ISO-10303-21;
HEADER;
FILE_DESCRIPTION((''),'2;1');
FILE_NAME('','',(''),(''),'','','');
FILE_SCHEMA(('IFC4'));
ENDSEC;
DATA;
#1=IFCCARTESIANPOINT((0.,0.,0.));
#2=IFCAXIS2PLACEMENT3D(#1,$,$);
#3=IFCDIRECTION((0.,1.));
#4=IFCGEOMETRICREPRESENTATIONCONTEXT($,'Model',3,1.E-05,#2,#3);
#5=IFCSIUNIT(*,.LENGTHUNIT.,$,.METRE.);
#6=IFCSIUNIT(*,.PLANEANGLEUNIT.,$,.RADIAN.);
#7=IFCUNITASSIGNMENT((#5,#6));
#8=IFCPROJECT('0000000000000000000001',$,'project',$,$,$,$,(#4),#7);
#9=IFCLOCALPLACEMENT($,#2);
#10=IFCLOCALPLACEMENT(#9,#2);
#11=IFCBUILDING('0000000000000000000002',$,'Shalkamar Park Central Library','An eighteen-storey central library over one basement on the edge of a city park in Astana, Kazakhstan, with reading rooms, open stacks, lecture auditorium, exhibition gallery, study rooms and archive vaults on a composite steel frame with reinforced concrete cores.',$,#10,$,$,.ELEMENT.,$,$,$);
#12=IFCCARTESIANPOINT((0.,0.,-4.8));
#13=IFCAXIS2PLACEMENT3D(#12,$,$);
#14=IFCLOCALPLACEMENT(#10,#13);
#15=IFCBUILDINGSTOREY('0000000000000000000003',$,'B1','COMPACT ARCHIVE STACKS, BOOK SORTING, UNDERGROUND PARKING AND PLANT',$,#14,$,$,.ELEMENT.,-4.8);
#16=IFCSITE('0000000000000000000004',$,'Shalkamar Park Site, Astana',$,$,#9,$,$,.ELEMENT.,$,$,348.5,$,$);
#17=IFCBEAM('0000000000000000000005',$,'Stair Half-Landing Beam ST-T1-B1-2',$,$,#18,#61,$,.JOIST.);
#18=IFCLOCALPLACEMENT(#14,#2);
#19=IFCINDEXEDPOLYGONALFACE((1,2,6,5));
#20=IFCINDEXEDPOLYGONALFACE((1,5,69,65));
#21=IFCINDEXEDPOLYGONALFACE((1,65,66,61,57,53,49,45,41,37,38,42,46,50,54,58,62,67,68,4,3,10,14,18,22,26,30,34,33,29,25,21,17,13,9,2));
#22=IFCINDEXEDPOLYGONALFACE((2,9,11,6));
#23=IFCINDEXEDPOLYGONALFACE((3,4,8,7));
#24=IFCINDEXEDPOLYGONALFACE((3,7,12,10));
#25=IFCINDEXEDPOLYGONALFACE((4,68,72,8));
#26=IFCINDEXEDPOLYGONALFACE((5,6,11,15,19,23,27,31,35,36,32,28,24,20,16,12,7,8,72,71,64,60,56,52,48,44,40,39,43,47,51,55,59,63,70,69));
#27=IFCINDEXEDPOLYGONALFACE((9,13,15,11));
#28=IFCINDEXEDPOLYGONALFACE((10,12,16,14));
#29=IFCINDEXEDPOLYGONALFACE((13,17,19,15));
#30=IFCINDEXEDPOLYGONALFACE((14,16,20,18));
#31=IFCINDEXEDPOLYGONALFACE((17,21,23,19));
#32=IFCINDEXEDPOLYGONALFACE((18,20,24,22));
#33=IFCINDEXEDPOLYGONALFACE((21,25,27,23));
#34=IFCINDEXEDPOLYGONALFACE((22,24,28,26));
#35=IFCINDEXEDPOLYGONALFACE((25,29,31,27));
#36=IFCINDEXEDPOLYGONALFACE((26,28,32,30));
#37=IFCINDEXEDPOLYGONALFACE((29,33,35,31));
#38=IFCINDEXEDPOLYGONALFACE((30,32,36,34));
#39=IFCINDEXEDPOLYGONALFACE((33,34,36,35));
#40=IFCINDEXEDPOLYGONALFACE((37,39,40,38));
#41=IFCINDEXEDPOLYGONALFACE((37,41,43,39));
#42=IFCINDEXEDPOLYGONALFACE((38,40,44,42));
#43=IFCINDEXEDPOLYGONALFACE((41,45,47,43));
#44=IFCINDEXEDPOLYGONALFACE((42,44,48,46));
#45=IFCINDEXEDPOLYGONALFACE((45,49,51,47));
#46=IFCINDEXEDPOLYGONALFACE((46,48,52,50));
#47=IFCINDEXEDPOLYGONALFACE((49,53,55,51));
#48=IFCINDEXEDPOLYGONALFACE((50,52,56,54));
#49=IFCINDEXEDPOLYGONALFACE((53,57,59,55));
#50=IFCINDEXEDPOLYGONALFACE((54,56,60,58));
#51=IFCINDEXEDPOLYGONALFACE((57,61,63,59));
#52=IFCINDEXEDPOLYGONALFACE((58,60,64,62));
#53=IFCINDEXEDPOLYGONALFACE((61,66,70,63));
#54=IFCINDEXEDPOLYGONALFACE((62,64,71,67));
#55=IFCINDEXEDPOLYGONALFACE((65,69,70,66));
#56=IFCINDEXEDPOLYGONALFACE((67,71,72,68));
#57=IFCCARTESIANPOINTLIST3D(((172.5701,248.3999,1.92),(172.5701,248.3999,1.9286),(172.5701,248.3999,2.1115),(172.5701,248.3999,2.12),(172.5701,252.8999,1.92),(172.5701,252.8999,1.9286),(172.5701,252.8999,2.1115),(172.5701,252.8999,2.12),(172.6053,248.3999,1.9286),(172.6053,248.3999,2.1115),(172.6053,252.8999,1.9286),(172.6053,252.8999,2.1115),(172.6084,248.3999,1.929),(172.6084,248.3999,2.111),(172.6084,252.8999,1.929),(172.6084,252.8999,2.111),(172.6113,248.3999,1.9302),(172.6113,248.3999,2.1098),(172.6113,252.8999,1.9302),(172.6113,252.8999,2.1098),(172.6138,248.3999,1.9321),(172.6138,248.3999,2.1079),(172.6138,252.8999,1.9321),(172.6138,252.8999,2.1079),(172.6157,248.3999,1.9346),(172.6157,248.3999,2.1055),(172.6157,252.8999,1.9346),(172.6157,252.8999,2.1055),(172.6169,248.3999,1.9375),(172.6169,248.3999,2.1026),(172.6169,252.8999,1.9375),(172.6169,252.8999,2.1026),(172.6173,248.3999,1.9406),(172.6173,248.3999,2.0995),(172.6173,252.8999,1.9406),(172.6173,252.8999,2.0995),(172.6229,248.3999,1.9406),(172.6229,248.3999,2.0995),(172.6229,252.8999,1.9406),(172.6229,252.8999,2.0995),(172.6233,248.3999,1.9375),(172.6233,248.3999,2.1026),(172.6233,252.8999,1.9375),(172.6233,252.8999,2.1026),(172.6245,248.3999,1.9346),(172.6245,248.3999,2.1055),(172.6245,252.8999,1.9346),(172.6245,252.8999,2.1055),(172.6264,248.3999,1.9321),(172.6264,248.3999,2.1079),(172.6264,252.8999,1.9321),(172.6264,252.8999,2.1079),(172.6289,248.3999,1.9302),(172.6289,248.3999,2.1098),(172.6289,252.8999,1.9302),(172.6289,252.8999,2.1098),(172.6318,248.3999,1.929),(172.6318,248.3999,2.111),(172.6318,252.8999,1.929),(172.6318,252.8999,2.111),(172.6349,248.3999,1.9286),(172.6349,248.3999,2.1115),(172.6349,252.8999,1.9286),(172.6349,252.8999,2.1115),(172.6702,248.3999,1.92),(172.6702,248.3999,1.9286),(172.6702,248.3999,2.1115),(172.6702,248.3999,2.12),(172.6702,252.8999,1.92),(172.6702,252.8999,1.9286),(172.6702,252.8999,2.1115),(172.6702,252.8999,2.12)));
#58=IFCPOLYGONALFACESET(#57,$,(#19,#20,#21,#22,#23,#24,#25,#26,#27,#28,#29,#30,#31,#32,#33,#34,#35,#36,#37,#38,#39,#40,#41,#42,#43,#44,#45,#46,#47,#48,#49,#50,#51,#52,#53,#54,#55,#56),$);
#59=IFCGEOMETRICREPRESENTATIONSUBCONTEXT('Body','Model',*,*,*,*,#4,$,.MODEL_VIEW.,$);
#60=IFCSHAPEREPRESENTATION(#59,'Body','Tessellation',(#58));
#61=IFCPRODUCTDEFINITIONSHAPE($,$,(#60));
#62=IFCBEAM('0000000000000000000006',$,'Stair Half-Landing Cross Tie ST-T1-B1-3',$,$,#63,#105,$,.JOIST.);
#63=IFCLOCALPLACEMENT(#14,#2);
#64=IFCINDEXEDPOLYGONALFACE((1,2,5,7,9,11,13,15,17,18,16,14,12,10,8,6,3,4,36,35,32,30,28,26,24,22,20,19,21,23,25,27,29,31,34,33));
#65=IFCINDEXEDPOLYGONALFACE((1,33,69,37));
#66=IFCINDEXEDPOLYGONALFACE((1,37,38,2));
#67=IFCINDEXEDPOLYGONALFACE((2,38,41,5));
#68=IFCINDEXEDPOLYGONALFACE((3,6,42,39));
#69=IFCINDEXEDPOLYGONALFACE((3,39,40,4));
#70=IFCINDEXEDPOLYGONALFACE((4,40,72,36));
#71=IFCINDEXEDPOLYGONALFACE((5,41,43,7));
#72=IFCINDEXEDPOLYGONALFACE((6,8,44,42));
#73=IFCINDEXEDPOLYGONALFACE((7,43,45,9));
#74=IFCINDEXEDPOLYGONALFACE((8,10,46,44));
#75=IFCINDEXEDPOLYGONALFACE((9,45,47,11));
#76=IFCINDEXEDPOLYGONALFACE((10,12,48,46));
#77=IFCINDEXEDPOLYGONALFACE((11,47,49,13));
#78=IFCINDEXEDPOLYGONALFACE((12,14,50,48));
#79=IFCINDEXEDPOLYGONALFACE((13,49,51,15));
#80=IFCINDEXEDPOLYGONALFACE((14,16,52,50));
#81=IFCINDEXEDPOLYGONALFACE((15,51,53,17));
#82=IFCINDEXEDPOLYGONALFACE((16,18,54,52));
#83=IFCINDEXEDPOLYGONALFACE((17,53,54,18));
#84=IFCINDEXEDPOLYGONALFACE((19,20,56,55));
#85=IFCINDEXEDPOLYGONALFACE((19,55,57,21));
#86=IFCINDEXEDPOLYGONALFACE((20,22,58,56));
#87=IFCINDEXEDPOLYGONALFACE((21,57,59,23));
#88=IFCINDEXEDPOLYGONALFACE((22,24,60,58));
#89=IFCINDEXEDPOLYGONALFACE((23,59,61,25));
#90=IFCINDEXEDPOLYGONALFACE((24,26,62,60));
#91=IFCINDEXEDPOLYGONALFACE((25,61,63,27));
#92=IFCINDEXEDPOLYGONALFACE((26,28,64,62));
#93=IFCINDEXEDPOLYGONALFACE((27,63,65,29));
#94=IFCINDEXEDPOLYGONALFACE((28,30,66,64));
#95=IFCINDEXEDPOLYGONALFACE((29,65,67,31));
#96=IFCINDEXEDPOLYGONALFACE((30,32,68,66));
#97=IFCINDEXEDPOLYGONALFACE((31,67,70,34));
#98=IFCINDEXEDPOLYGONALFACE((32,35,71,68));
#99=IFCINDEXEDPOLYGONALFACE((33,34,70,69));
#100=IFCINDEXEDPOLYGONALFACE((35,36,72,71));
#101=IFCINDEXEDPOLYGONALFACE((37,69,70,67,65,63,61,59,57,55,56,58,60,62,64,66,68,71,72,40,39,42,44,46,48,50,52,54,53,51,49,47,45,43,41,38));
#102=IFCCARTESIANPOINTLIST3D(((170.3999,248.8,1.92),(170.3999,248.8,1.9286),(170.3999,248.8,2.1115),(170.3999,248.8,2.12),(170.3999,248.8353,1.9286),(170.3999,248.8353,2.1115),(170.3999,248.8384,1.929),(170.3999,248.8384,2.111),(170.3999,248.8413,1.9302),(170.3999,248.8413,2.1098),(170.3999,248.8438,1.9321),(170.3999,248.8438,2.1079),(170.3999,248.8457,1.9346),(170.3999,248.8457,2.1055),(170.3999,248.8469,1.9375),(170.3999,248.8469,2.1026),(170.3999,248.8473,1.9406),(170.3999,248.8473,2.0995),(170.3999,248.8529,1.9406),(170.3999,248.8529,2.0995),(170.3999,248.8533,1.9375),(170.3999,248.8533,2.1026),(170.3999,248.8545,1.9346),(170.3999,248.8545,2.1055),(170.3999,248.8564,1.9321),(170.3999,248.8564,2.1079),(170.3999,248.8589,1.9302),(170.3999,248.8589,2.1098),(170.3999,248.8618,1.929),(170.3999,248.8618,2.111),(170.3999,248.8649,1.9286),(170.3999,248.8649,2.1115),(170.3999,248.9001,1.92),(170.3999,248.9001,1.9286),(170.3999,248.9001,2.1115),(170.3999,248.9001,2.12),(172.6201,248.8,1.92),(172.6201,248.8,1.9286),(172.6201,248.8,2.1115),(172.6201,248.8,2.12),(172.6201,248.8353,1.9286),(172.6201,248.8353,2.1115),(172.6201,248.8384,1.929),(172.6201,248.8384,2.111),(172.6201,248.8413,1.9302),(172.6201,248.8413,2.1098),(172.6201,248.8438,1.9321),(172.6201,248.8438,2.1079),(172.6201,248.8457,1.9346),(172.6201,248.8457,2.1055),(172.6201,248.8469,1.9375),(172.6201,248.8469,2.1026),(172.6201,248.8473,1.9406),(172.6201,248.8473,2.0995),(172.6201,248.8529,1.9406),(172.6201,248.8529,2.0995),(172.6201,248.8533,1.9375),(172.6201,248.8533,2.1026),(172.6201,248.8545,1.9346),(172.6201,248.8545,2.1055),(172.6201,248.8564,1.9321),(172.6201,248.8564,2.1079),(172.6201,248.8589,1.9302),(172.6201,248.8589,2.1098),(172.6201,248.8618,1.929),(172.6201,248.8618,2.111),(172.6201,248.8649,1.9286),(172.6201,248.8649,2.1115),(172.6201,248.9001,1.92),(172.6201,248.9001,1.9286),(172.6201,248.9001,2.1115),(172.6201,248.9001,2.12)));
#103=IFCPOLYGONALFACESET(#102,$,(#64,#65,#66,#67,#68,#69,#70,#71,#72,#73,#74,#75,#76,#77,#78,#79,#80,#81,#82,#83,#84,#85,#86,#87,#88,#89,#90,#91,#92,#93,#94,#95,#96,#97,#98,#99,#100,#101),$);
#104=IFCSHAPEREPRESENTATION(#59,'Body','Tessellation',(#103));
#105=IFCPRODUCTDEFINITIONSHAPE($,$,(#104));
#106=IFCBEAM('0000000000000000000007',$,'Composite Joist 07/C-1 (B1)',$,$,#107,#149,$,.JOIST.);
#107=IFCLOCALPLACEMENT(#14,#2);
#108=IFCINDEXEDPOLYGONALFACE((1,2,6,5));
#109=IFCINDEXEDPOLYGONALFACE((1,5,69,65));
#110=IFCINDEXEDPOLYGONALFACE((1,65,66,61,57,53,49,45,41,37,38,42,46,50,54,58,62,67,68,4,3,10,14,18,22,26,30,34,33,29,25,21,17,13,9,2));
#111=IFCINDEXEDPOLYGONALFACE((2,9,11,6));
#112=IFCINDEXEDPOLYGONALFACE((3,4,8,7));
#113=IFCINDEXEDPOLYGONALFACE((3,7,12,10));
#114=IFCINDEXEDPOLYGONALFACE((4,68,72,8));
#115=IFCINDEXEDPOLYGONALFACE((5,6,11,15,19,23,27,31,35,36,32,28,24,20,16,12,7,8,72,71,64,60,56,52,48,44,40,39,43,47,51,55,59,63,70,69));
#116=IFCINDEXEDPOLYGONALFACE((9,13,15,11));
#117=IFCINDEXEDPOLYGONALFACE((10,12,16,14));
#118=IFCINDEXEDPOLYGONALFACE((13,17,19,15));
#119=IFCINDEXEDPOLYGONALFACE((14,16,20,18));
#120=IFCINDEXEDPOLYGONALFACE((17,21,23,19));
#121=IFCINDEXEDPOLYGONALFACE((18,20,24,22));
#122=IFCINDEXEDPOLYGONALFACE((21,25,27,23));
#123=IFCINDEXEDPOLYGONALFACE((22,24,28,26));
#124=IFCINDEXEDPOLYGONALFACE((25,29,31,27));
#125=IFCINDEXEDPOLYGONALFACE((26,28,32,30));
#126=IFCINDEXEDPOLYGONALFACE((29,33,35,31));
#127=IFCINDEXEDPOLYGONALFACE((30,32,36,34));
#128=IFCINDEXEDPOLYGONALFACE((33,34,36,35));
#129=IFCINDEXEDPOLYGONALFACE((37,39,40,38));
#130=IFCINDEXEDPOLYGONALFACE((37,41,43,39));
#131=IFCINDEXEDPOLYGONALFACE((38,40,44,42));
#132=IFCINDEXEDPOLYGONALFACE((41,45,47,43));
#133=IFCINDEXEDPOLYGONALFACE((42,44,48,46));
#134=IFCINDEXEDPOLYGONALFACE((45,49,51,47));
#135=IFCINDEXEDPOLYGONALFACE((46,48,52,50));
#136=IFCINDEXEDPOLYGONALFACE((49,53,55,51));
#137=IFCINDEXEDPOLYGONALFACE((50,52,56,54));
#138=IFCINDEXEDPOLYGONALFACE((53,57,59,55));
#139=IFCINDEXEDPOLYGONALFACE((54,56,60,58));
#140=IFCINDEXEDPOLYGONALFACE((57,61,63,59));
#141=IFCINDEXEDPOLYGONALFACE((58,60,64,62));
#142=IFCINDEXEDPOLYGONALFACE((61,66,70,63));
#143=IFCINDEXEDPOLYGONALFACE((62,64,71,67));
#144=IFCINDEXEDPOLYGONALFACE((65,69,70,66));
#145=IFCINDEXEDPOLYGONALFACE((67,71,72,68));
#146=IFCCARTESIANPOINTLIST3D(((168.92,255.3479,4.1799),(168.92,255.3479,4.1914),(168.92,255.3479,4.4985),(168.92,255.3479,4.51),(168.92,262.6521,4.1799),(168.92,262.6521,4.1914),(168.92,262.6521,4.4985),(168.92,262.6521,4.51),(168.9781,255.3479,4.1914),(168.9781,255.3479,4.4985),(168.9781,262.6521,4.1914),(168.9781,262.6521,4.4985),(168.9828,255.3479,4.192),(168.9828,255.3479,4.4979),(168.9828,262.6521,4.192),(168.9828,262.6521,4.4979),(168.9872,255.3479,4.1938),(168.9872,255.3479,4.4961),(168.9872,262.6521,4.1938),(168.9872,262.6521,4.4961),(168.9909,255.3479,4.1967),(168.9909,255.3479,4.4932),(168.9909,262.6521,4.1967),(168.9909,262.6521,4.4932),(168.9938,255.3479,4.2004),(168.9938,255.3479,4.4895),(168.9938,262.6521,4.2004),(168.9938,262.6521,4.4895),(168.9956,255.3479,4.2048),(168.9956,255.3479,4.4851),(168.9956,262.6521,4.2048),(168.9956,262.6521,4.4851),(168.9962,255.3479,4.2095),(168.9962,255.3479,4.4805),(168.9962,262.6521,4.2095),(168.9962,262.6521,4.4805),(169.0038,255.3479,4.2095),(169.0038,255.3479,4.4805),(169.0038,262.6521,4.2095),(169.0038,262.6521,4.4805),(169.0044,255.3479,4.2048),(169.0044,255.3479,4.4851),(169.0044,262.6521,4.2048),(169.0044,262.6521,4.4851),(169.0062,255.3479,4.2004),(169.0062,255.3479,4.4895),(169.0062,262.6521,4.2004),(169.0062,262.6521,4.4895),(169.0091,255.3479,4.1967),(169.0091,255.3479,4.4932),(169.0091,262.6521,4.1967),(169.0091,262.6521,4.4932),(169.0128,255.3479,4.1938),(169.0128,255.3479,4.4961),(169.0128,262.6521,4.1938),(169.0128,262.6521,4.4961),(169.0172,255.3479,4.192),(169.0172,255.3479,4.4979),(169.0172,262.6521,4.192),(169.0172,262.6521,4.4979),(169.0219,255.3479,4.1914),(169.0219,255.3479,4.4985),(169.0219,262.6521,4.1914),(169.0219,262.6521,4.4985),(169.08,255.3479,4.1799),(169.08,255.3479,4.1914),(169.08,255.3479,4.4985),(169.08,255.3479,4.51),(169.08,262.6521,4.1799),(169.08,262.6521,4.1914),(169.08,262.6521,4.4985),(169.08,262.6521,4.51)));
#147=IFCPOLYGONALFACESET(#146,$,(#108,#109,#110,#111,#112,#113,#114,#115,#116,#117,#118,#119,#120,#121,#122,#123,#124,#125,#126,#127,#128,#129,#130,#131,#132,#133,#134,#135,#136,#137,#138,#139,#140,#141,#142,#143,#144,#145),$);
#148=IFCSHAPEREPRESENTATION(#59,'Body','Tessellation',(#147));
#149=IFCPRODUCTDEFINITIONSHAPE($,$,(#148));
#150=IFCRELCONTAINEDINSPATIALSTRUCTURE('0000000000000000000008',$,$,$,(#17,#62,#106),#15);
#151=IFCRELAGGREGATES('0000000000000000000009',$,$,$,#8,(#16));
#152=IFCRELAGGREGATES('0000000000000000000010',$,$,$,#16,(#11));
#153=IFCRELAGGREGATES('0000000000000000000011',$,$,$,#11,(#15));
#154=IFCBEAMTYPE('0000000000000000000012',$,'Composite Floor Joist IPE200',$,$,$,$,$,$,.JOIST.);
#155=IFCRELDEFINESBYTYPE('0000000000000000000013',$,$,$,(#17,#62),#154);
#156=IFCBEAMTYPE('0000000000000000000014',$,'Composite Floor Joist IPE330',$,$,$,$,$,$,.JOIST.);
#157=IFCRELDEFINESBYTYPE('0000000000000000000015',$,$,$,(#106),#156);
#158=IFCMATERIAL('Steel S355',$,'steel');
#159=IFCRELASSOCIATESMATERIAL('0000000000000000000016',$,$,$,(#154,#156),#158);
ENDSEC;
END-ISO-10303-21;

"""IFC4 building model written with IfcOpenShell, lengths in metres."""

from ifc_helpers import new_model, si_unit, direction, frame, origin, origin_2d, place, context, subcontext, project, spatial, i_section, extrude, material, material_profile, profile_set, type_object, element, save


model = new_model("IFC4")

# Units and contexts
model_context = context("Model", 3, precision=1e-05, world=origin(), true_north=direction((0.0, 1.0)))
body_context = subcontext(model_context, "Body", "Model", "MODEL_VIEW")
ifc_project = project(units=[si_unit("LENGTHUNIT", "METRE"), si_unit("PLANEANGLEUNIT", "RADIAN")], contexts=[model_context])

# Site, building, storey
site_placement = place(None, origin())
site = spatial("IfcSite", under=ifc_project, at=site_placement, Name="Shalkamar Park Site, Astana", CompositionType="ELEMENT", RefElevation=348.5)
building_placement = place(site_placement, origin())
building = spatial("IfcBuilding", under=site, at=building_placement, Name="Shalkamar Park Central Library", Description="An eighteen-storey central library over one basement on the edge of a city park in Astana, Kazakhstan, with reading rooms, open stacks, lecture auditorium, exhibition gallery, study rooms and archive vaults on a composite steel frame with reinforced concrete cores.", CompositionType="ELEMENT")
storey_placement = place(building_placement, frame((0.0, 0.0, -4.8)))
storey = spatial("IfcBuildingStorey", under=building, at=storey_placement, Name="B1", Description="COMPACT ARCHIVE STACKS, BOOK SORTING, UNDERGROUND PARKING AND PLANT", CompositionType="ELEMENT", Elevation=-4.8)

# Shared definitions
ifc_material_1 = material(Name="Steel S355", Category="steel")

# Beams
ifc_material_profile_1 = material_profile(ifc_material_1, i_section(OverallWidth=0.1001, OverallDepth=0.2, WebThickness=0.0056, FlangeThickness=0.0085, FilletRadius=0.012, at=origin_2d()), Name="IPE 200")
ifc_profile_set_1 = profile_set([ifc_material_profile_1], Name="Steel S355")
beam_type_1 = type_object("IfcBeamType", Name="Composite Floor Joist IPE200", PredefinedType="JOIST", material=ifc_profile_set_1)
for number, where, z_axis, x_axis, name in (
    (1, (172.6201, 248.3999, 2.02), (0.0, 1.0, 0.0), (-1.0, 0.0, 0.0), "Stair Half-Landing Beam ST-T1-B1-2"),
):
    element("IfcBeam", number, at=place(storey_placement, frame(where, z_axis=z_axis, x_axis=x_axis)), inside=storey, type_object=beam_type_1, Name=name, PredefinedType="JOIST", context=body_context, shape_type="SweptSolid", body=[
        extrude(i_section(OverallWidth=0.1001, OverallDepth=0.2, WebThickness=0.0056, FlangeThickness=0.0085, FilletRadius=0.012, at=origin_2d()), origin(), (0.0, 0.0, 1.0), 4.5),
    ])
beam_1_placement = place(storey_placement, frame((170.3999, 248.8501, 2.02), z_axis=(1.0, 0.0, 0.0), x_axis=(0.0, 1.0, 0.0)))
element("IfcBeam", 2, at=beam_1_placement, inside=storey, type_object=beam_type_1, Name="Stair Half-Landing Cross Tie ST-T1-B1-3", PredefinedType="JOIST", context=body_context, shape_type="SweptSolid", body=[
    extrude(i_section(OverallWidth=0.1001, OverallDepth=0.2, WebThickness=0.0056, FlangeThickness=0.0085, FilletRadius=0.012, at=origin_2d()), origin(), (0.0, 0.0, 1.0), 2.2202),
])
ifc_material_profile_2 = material_profile(ifc_material_1, i_section(OverallWidth=0.1599, OverallDepth=0.3301, WebThickness=0.0076, FlangeThickness=0.0115, FilletRadius=0.0181, at=origin_2d()), Name="IPE 330")
ifc_profile_set_2 = profile_set([ifc_material_profile_2], Name="Steel S355")
beam_type_2 = type_object("IfcBeamType", Name="Composite Floor Joist IPE330", PredefinedType="JOIST", material=ifc_profile_set_2)
beam_2_placement = place(storey_placement, frame((169.0, 255.3479, 4.345), z_axis=(0.0, 1.0, 0.0), x_axis=(-1.0, 0.0, 0.0)))
element("IfcBeam", 3, at=beam_2_placement, inside=storey, type_object=beam_type_2, Name="Composite Joist 07/C-1 (B1)", PredefinedType="JOIST", context=body_context, shape_type="SweptSolid", body=[
    extrude(i_section(OverallWidth=0.1599, OverallDepth=0.3301, WebThickness=0.0076, FlangeThickness=0.0115, FilletRadius=0.0181, at=origin_2d()), origin(), (0.0, 0.0, 1.0), 7.3042),
])

save(model, "model.ifc")
